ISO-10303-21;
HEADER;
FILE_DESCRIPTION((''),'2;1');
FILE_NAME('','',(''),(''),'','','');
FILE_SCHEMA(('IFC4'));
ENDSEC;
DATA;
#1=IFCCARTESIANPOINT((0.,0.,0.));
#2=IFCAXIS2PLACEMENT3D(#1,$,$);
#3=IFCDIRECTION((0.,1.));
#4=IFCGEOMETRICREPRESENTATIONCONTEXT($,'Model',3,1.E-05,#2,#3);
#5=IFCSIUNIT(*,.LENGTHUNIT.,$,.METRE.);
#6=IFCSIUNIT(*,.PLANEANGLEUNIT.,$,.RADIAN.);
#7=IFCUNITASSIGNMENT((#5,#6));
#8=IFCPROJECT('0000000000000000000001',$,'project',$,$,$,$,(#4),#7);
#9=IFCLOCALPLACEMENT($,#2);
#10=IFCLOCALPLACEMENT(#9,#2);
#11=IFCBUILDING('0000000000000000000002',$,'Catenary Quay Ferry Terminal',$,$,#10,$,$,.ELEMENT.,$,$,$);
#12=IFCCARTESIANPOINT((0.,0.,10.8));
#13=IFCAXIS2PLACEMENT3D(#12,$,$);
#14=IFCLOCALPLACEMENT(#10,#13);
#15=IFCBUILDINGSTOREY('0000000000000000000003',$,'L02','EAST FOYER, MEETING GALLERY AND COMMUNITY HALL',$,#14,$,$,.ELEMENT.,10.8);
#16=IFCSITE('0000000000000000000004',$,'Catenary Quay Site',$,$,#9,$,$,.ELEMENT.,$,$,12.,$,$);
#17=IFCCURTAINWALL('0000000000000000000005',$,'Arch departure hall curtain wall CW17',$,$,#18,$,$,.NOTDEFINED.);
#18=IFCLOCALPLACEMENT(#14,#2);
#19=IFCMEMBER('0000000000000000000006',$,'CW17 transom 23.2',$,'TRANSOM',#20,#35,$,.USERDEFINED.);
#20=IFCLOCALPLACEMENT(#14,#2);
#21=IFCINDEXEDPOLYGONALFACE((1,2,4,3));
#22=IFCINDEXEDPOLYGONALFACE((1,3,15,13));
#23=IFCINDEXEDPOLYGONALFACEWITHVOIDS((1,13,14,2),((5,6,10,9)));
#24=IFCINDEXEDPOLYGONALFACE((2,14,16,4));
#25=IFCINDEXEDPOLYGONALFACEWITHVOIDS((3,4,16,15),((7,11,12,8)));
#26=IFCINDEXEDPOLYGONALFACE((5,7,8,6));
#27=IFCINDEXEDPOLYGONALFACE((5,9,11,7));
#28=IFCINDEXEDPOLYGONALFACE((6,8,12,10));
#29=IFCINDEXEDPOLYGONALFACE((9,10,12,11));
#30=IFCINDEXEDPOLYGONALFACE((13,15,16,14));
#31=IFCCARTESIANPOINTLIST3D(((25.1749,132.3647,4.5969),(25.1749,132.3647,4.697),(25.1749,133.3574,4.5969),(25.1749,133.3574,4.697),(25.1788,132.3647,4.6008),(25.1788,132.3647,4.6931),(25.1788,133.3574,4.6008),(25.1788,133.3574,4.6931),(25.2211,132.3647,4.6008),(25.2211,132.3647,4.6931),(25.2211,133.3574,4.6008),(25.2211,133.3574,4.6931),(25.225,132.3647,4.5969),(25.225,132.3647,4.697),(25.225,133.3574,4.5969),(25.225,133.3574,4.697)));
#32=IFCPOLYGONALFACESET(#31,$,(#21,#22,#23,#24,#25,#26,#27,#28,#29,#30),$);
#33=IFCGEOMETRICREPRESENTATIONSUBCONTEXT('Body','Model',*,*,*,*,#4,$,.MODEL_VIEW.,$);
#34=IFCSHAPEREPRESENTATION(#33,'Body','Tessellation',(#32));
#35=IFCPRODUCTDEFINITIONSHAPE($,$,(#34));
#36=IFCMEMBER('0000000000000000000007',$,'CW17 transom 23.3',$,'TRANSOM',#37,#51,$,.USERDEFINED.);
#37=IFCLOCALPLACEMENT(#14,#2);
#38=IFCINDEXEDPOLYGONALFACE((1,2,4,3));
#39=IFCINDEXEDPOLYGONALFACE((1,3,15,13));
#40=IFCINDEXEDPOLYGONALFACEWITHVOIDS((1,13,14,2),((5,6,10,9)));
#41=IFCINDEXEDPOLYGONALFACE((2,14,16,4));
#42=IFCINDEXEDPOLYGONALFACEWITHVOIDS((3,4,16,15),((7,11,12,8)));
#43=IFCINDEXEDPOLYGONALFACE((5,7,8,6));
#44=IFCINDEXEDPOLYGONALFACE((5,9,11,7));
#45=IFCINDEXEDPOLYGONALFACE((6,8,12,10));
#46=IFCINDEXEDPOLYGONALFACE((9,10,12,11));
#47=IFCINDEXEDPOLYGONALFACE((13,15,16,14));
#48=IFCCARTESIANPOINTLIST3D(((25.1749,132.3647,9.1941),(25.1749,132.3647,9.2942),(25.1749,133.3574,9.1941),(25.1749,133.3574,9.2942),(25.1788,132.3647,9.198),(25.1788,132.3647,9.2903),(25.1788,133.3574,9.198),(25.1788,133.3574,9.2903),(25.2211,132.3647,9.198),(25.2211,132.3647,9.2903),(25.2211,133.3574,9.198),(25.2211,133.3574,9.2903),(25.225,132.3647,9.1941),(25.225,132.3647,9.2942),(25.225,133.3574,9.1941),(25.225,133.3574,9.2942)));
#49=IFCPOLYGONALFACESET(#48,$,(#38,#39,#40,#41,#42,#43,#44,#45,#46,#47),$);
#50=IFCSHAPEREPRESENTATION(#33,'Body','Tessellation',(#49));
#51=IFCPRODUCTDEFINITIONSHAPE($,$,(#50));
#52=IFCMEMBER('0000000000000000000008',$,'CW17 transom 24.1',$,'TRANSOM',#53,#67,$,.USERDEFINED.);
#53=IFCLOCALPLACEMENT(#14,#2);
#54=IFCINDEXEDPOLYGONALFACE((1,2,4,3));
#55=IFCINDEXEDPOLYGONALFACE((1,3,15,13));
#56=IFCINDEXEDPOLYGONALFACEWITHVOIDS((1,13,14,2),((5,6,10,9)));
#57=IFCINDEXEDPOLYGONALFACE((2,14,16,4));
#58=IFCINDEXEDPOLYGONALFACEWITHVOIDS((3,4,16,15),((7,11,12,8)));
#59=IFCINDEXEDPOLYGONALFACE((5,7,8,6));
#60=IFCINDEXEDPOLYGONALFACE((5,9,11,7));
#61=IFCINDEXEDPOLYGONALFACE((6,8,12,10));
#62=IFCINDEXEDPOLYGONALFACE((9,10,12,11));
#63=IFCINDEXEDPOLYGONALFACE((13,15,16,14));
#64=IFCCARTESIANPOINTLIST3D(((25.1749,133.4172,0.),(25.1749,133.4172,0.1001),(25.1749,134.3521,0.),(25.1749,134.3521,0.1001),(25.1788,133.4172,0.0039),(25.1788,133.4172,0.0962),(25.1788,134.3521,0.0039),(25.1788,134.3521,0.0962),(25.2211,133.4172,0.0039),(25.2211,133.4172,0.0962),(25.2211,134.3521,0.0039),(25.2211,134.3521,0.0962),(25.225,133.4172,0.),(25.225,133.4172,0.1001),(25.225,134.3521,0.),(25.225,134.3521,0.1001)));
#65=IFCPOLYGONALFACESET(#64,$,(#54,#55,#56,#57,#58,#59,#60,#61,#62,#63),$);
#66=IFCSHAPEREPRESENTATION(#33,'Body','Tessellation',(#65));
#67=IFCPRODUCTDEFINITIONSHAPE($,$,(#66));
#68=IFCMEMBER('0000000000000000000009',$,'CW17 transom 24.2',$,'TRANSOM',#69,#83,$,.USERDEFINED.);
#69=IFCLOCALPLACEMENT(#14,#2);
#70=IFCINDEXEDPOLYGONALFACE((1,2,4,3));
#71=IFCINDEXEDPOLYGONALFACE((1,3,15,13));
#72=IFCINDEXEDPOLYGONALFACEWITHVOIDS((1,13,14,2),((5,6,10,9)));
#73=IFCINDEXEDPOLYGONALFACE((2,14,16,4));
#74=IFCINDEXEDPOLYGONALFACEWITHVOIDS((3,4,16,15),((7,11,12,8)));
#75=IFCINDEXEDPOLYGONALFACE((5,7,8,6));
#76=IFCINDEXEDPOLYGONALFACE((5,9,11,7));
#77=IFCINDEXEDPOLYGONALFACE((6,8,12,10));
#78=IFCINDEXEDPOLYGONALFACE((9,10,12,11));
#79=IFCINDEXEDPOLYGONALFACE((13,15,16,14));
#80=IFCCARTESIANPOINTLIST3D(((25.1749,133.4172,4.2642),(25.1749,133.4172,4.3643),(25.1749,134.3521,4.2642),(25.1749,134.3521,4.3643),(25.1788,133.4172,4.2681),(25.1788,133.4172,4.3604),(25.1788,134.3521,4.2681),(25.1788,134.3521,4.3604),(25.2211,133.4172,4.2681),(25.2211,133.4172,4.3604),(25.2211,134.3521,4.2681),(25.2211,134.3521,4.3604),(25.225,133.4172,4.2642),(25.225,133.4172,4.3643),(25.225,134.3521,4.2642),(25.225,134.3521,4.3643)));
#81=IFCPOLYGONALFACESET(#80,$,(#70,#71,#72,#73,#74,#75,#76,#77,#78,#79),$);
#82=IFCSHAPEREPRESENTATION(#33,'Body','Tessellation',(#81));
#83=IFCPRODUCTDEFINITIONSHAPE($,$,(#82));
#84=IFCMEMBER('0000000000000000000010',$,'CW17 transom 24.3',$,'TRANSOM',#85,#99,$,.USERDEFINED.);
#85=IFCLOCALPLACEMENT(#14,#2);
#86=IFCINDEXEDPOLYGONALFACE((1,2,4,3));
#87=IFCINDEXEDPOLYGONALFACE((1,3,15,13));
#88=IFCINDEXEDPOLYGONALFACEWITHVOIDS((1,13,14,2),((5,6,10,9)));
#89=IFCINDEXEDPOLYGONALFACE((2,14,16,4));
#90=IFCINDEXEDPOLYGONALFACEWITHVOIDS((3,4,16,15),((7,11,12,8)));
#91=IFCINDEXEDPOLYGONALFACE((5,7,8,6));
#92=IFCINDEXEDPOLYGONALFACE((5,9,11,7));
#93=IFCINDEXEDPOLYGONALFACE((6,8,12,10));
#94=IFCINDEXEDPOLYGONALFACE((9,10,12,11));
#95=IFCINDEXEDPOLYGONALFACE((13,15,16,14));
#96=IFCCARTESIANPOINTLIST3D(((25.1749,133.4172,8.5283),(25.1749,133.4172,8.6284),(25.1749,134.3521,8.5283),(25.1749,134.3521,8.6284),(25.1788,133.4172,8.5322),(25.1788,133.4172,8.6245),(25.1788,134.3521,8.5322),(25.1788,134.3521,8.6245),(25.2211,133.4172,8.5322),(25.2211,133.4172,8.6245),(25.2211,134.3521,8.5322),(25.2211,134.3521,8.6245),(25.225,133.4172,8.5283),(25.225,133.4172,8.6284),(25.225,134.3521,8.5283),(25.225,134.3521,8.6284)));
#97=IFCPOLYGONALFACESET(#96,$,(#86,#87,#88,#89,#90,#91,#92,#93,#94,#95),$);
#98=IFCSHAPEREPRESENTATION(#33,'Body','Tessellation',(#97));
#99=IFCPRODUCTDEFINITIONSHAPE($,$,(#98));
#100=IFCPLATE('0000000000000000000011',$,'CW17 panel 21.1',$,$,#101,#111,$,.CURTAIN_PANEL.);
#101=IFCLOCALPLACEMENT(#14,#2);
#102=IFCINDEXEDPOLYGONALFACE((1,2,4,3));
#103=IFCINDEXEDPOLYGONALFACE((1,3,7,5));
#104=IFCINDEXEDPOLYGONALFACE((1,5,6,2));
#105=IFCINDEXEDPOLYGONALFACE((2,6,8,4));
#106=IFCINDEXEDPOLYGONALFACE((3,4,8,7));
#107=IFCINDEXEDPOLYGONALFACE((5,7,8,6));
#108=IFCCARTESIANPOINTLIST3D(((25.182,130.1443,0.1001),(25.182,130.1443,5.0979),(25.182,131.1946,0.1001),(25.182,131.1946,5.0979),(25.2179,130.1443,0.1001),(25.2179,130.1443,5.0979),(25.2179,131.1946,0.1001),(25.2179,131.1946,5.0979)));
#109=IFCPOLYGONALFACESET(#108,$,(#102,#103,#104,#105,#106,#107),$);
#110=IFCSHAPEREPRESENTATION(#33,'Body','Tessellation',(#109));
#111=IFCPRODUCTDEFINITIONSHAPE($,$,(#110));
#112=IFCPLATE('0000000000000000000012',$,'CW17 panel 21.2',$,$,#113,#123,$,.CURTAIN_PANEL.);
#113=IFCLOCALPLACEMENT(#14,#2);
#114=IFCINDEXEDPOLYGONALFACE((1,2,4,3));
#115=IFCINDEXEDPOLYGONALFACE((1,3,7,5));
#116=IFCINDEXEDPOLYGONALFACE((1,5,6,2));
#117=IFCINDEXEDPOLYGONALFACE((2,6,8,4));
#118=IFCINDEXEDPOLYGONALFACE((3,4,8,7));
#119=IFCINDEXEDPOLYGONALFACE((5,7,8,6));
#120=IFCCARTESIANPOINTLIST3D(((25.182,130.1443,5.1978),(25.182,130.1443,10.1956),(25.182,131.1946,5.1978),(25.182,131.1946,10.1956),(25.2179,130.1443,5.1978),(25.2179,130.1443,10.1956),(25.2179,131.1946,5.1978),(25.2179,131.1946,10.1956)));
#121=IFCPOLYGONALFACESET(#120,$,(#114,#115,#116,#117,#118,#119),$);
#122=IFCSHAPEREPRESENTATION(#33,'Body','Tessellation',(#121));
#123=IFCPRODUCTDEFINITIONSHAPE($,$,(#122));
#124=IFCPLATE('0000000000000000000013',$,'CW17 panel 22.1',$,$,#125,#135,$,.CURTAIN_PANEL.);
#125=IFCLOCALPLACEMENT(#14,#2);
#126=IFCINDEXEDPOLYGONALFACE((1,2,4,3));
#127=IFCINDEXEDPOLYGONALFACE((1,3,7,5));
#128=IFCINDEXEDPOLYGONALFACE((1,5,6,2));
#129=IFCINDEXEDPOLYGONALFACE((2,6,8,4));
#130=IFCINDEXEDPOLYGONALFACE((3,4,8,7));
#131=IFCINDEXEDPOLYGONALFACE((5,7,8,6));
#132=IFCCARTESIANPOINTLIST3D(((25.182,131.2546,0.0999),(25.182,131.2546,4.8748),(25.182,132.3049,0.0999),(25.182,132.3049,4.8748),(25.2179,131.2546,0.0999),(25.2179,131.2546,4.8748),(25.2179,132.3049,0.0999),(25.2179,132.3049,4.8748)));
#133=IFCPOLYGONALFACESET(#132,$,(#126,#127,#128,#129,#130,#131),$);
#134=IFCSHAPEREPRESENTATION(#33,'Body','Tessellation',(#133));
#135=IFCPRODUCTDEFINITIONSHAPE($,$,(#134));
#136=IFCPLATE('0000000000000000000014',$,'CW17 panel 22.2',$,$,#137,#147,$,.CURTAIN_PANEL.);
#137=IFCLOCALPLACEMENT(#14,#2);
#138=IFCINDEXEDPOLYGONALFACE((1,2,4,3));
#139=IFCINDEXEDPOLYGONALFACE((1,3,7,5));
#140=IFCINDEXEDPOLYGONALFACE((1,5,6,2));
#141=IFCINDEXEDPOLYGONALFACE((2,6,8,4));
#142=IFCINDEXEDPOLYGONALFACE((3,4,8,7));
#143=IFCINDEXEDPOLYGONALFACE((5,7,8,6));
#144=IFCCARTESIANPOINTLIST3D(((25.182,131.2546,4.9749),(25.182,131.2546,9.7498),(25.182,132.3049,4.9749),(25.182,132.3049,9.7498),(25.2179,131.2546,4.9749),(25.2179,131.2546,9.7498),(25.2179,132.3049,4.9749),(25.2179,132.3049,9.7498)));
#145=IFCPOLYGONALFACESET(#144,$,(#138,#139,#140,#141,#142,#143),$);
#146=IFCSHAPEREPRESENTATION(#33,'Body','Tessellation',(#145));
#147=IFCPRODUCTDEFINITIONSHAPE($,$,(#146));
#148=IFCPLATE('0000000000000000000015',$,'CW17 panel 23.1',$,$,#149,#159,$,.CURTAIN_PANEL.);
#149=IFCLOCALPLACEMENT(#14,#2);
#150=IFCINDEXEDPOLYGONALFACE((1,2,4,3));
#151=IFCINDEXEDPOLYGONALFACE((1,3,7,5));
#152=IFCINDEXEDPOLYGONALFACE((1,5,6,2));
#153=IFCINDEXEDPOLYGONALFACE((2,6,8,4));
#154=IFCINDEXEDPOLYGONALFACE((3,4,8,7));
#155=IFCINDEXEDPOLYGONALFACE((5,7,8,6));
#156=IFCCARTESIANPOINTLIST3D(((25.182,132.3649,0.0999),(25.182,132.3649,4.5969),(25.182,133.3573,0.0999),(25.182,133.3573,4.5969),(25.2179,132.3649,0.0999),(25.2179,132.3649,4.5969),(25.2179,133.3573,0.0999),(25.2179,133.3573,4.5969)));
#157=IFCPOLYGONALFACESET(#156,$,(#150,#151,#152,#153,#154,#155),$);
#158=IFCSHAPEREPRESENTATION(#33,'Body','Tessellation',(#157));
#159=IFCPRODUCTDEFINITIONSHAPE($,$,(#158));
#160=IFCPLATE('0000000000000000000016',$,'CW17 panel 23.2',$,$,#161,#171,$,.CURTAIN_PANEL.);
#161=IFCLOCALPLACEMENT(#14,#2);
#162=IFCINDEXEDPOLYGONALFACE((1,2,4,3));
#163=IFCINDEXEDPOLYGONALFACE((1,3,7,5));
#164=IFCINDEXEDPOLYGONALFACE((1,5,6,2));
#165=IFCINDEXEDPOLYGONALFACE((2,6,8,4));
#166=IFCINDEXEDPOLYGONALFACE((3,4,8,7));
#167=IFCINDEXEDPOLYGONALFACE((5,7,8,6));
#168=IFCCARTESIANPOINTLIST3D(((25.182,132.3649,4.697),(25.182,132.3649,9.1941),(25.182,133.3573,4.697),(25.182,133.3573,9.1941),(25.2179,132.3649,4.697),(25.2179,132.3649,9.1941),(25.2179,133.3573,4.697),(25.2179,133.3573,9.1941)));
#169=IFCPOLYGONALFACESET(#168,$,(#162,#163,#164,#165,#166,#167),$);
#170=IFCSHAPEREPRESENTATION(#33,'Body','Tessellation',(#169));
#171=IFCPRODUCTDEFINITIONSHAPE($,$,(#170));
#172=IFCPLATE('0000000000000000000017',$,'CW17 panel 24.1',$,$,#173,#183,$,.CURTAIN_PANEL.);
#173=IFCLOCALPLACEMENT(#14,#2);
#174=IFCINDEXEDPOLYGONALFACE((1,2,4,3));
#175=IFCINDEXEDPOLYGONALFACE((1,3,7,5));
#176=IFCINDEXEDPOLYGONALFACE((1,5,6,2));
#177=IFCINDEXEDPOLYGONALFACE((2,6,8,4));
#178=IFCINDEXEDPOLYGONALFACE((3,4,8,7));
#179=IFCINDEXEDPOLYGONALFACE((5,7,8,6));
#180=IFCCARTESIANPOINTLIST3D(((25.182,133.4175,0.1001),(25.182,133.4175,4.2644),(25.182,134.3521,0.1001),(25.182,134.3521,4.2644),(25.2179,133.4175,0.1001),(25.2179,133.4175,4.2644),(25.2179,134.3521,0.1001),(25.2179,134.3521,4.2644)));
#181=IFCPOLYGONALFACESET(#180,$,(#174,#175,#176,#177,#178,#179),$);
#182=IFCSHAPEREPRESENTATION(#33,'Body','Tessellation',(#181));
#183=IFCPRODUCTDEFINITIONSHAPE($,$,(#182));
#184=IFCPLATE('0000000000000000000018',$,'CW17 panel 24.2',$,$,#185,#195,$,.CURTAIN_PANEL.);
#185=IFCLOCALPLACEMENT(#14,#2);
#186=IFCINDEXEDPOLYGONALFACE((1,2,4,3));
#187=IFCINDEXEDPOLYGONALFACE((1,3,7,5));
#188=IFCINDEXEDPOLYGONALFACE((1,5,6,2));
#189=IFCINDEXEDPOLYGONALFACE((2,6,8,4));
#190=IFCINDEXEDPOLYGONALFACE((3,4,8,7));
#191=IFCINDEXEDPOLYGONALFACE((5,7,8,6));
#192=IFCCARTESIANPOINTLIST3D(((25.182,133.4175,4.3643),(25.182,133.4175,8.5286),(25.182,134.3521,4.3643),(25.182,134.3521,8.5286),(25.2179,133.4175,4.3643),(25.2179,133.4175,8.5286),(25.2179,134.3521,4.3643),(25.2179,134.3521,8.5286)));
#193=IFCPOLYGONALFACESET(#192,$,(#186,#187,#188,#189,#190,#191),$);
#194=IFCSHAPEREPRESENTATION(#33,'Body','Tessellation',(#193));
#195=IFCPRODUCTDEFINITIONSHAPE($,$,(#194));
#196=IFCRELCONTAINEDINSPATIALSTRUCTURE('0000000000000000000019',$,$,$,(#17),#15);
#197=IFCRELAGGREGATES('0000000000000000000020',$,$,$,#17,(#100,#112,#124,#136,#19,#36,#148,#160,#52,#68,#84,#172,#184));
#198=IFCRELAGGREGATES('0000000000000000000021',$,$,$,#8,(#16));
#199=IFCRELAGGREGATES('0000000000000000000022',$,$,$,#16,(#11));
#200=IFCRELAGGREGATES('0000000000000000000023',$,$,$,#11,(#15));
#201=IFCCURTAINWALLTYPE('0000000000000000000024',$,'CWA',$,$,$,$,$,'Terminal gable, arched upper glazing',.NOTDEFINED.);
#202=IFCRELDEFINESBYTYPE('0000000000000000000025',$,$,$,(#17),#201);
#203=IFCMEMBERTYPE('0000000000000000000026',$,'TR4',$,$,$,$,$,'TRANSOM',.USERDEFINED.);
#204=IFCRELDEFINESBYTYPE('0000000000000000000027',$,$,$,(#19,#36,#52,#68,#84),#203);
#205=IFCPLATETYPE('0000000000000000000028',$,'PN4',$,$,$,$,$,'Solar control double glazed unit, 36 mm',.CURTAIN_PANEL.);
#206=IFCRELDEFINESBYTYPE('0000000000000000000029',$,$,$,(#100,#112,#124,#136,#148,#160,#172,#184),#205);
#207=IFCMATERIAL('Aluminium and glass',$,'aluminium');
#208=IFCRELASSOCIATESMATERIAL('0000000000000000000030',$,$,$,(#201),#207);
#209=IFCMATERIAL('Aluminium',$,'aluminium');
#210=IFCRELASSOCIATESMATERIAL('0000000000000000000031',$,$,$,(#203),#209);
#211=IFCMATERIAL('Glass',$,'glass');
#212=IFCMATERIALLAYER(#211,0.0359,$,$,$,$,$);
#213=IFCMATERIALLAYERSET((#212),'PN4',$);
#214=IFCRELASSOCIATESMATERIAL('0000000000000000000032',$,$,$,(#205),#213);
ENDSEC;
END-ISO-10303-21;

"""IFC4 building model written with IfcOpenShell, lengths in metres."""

from ifc_helpers import new_model, si_unit, direction, frame, origin, origin_2d, place, context, subcontext, project, spatial, rectangle, hollow_rectangle, extrude, material, layer, layer_set, material_profile, profile_set, type_object, element, aggregate, save


model = new_model("IFC4")

# Units and contexts
model_context = context("Model", 3, precision=1e-05, world=origin(), true_north=direction((0.0, 1.0)))
body_context = subcontext(model_context, "Body", "Model", "MODEL_VIEW")
ifc_project = project(units=[si_unit("LENGTHUNIT", "METRE"), si_unit("PLANEANGLEUNIT", "RADIAN")], contexts=[model_context])

# Site, building, storey
site_placement = place(None, origin())
site = spatial("IfcSite", under=ifc_project, at=site_placement, Name="Catenary Quay Site", CompositionType="ELEMENT", RefElevation=12.0)
building_placement = place(site_placement, origin())
building = spatial("IfcBuilding", under=site, at=building_placement, Name="Catenary Quay Ferry Terminal", CompositionType="ELEMENT")
storey_placement = place(building_placement, frame((0.0, 0.0, 10.8)))
storey = spatial("IfcBuildingStorey", under=building, at=storey_placement, Name="L02", Description="EAST FOYER, MEETING GALLERY AND COMMUNITY HALL", CompositionType="ELEMENT", Elevation=10.8)

# Curtain wall, members, plates
ifc_material_1 = material(Name="Aluminium and glass", Category="aluminium")
curtain_wall_type = type_object("IfcCurtainWallType", Name="CWA", ElementType="Terminal gable, arched upper glazing", PredefinedType="NOTDEFINED", material=ifc_material_1)
curtain_wall_placement = place(storey_placement, origin())
curtain_wall = element("IfcCurtainWall", 1, at=curtain_wall_placement, inside=storey, type_object=curtain_wall_type, Name="Arch departure hall curtain wall CW17", PredefinedType="NOTDEFINED")
ifc_material_2 = material(Name="Aluminium", Category="aluminium")
ifc_material_profile_1 = material_profile(ifc_material_2, hollow_rectangle(XDim=0.05, YDim=0.1001, WallThickness=0.0039, at=origin_2d()), Name="TR4")
ifc_profile_set_1 = profile_set([ifc_material_profile_1], Name="Aluminium")
member_type_1 = type_object("IfcMemberType", Name="TR4", ElementType="TRANSOM", PredefinedType="USERDEFINED", material=ifc_profile_set_1)
member_1_placement = place(storey_placement, frame((25.2, 132.3647, 4.647), z_axis=(0.0, 1.0, 0.0), x_axis=(-1.0, 0.0, 0.0)))
member_1 = element("IfcMember", 2, at=member_1_placement, type_object=member_type_1, Name="CW17 transom 23.2", ObjectType="TRANSOM", PredefinedType="USERDEFINED", context=body_context, shape_type="SweptSolid", body=[
    extrude(hollow_rectangle(XDim=0.05, YDim=0.1001, WallThickness=0.0039, at=origin_2d()), origin(), (0.0, 0.0, 1.0), 0.9927),
])
member_2_placement = place(storey_placement, frame((25.2, 132.3647, 9.2441), z_axis=(0.0, 1.0, 0.0), x_axis=(-1.0, 0.0, 0.0)))
member_2 = element("IfcMember", 3, at=member_2_placement, type_object=member_type_1, Name="CW17 transom 23.3", ObjectType="TRANSOM", PredefinedType="USERDEFINED", context=body_context, shape_type="SweptSolid", body=[
    extrude(hollow_rectangle(XDim=0.05, YDim=0.1001, WallThickness=0.0039, at=origin_2d()), origin(), (0.0, 0.0, 1.0), 0.9927),
])
member_3_placement = place(storey_placement, frame((25.2, 133.4172, 0.05), z_axis=(0.0, 1.0, 0.0), x_axis=(-1.0, 0.0, 0.0)))
member_3 = element("IfcMember", 4, at=member_3_placement, type_object=member_type_1, Name="CW17 transom 24.1", ObjectType="TRANSOM", PredefinedType="USERDEFINED", context=body_context, shape_type="SweptSolid", body=[
    extrude(hollow_rectangle(XDim=0.05, YDim=0.1001, WallThickness=0.0039, at=origin_2d()), origin(), (0.0, 0.0, 1.0), 0.9348),
])
member_4_placement = place(storey_placement, frame((25.2, 133.4172, 4.3142), z_axis=(0.0, 1.0, 0.0), x_axis=(-1.0, 0.0, 0.0)))
member_4 = element("IfcMember", 5, at=member_4_placement, type_object=member_type_1, Name="CW17 transom 24.2", ObjectType="TRANSOM", PredefinedType="USERDEFINED", context=body_context, shape_type="SweptSolid", body=[
    extrude(hollow_rectangle(XDim=0.05, YDim=0.1001, WallThickness=0.0039, at=origin_2d()), origin(), (0.0, 0.0, 1.0), 0.9348),
])
member_5_placement = place(storey_placement, frame((25.2, 133.4172, 8.5784), z_axis=(0.0, 1.0, 0.0), x_axis=(-1.0, 0.0, 0.0)))
member_5 = element("IfcMember", 6, at=member_5_placement, type_object=member_type_1, Name="CW17 transom 24.3", ObjectType="TRANSOM", PredefinedType="USERDEFINED", context=body_context, shape_type="SweptSolid", body=[
    extrude(hollow_rectangle(XDim=0.05, YDim=0.1001, WallThickness=0.0039, at=origin_2d()), origin(), (0.0, 0.0, 1.0), 0.9348),
])
ifc_material_3 = material(Name="Glass", Category="glass")
ifc_layer_1 = layer(ifc_material_3, 0.0359)
ifc_layer_set_1 = layer_set([ifc_layer_1], Name="PN4")
plate_type_1 = type_object("IfcPlateType", Name="PN4", ElementType="Solar control double glazed unit, 36 mm", PredefinedType="CURTAIN_PANEL", material=ifc_layer_set_1)
plate_1_placement = place(storey_placement, frame((25.2, 130.6694, 0.1001), z_axis=(0.0, 0.0, 1.0), x_axis=(0.0, 1.0, 0.0)))
plate_1 = element("IfcPlate", 7, at=plate_1_placement, type_object=plate_type_1, Name="CW17 panel 21.1", PredefinedType="CURTAIN_PANEL", context=body_context, shape_type="SweptSolid", body=[
    extrude(rectangle(XDim=1.0503, YDim=0.0359, at=origin_2d()), origin(), (0.0, 0.0, 1.0), 4.9978),
])
plate_2_placement = place(storey_placement, frame((25.2, 130.6694, 5.1978), z_axis=(0.0, 0.0, 1.0), x_axis=(0.0, 1.0, 0.0)))
plate_2 = element("IfcPlate", 8, at=plate_2_placement, type_object=plate_type_1, Name="CW17 panel 21.2", PredefinedType="CURTAIN_PANEL", context=body_context, shape_type="SweptSolid", body=[
    extrude(rectangle(XDim=1.0503, YDim=0.0359, at=origin_2d()), origin(), (0.0, 0.0, 1.0), 4.9978),
])
plate_3_placement = place(storey_placement, frame((25.2, 131.7798, 0.0999), z_axis=(0.0, 0.0, 1.0), x_axis=(0.0, 1.0, 0.0)))
plate_3 = element("IfcPlate", 9, at=plate_3_placement, type_object=plate_type_1, Name="CW17 panel 22.1", PredefinedType="CURTAIN_PANEL", context=body_context, shape_type="SweptSolid", body=[
    extrude(rectangle(XDim=1.0503, YDim=0.0359, at=origin_2d()), origin(), (0.0, 0.0, 1.0), 4.7749),
])
plate_4_placement = place(storey_placement, frame((25.2, 131.7798, 4.9749), z_axis=(0.0, 0.0, 1.0), x_axis=(0.0, 1.0, 0.0)))
plate_4 = element("IfcPlate", 10, at=plate_4_placement, type_object=plate_type_1, Name="CW17 panel 22.2", PredefinedType="CURTAIN_PANEL", context=body_context, shape_type="SweptSolid", body=[
    extrude(rectangle(XDim=1.0503, YDim=0.0359, at=origin_2d()), origin(), (0.0, 0.0, 1.0), 4.7749),
])
plate_5_placement = place(storey_placement, frame((25.2, 132.8611, 0.0999), z_axis=(0.0, 0.0, 1.0), x_axis=(0.0, 1.0, 0.0)))
plate_5 = element("IfcPlate", 11, at=plate_5_placement, type_object=plate_type_1, Name="CW17 panel 23.1", PredefinedType="CURTAIN_PANEL", context=body_context, shape_type="SweptSolid", body=[
    extrude(rectangle(XDim=0.9924, YDim=0.0359, at=origin_2d()), origin(), (0.0, 0.0, 1.0), 4.4971),
])
plate_6_placement = place(storey_placement, frame((25.2, 132.8611, 4.697), z_axis=(0.0, 0.0, 1.0), x_axis=(0.0, 1.0, 0.0)))
plate_6 = element("IfcPlate", 12, at=plate_6_placement, type_object=plate_type_1, Name="CW17 panel 23.2", PredefinedType="CURTAIN_PANEL", context=body_context, shape_type="SweptSolid", body=[
    extrude(rectangle(XDim=0.9924, YDim=0.0359, at=origin_2d()), origin(), (0.0, 0.0, 1.0), 4.4971),
])
plate_7_placement = place(storey_placement, frame((25.2, 133.8848, 0.1001), z_axis=(0.0, 0.0, 1.0), x_axis=(0.0, 1.0, 0.0)))
plate_7 = element("IfcPlate", 13, at=plate_7_placement, type_object=plate_type_1, Name="CW17 panel 24.1", PredefinedType="CURTAIN_PANEL", context=body_context, shape_type="SweptSolid", body=[
    extrude(rectangle(XDim=0.9346, YDim=0.0359, at=origin_2d()), origin(), (0.0, 0.0, 1.0), 4.1643),
])
plate_8_placement = place(storey_placement, frame((25.2, 133.8848, 4.3643), z_axis=(0.0, 0.0, 1.0), x_axis=(0.0, 1.0, 0.0)))
plate_8 = element("IfcPlate", 14, at=plate_8_placement, type_object=plate_type_1, Name="CW17 panel 24.2", PredefinedType="CURTAIN_PANEL", context=body_context, shape_type="SweptSolid", body=[
    extrude(rectangle(XDim=0.9346, YDim=0.0359, at=origin_2d()), origin(), (0.0, 0.0, 1.0), 4.1643),
])
aggregate(curtain_wall, [plate_1, plate_2, plate_3, plate_4, member_1, member_2, plate_5, plate_6, member_3, member_4, member_5, plate_7, plate_8])

save(model, "model.ifc")
